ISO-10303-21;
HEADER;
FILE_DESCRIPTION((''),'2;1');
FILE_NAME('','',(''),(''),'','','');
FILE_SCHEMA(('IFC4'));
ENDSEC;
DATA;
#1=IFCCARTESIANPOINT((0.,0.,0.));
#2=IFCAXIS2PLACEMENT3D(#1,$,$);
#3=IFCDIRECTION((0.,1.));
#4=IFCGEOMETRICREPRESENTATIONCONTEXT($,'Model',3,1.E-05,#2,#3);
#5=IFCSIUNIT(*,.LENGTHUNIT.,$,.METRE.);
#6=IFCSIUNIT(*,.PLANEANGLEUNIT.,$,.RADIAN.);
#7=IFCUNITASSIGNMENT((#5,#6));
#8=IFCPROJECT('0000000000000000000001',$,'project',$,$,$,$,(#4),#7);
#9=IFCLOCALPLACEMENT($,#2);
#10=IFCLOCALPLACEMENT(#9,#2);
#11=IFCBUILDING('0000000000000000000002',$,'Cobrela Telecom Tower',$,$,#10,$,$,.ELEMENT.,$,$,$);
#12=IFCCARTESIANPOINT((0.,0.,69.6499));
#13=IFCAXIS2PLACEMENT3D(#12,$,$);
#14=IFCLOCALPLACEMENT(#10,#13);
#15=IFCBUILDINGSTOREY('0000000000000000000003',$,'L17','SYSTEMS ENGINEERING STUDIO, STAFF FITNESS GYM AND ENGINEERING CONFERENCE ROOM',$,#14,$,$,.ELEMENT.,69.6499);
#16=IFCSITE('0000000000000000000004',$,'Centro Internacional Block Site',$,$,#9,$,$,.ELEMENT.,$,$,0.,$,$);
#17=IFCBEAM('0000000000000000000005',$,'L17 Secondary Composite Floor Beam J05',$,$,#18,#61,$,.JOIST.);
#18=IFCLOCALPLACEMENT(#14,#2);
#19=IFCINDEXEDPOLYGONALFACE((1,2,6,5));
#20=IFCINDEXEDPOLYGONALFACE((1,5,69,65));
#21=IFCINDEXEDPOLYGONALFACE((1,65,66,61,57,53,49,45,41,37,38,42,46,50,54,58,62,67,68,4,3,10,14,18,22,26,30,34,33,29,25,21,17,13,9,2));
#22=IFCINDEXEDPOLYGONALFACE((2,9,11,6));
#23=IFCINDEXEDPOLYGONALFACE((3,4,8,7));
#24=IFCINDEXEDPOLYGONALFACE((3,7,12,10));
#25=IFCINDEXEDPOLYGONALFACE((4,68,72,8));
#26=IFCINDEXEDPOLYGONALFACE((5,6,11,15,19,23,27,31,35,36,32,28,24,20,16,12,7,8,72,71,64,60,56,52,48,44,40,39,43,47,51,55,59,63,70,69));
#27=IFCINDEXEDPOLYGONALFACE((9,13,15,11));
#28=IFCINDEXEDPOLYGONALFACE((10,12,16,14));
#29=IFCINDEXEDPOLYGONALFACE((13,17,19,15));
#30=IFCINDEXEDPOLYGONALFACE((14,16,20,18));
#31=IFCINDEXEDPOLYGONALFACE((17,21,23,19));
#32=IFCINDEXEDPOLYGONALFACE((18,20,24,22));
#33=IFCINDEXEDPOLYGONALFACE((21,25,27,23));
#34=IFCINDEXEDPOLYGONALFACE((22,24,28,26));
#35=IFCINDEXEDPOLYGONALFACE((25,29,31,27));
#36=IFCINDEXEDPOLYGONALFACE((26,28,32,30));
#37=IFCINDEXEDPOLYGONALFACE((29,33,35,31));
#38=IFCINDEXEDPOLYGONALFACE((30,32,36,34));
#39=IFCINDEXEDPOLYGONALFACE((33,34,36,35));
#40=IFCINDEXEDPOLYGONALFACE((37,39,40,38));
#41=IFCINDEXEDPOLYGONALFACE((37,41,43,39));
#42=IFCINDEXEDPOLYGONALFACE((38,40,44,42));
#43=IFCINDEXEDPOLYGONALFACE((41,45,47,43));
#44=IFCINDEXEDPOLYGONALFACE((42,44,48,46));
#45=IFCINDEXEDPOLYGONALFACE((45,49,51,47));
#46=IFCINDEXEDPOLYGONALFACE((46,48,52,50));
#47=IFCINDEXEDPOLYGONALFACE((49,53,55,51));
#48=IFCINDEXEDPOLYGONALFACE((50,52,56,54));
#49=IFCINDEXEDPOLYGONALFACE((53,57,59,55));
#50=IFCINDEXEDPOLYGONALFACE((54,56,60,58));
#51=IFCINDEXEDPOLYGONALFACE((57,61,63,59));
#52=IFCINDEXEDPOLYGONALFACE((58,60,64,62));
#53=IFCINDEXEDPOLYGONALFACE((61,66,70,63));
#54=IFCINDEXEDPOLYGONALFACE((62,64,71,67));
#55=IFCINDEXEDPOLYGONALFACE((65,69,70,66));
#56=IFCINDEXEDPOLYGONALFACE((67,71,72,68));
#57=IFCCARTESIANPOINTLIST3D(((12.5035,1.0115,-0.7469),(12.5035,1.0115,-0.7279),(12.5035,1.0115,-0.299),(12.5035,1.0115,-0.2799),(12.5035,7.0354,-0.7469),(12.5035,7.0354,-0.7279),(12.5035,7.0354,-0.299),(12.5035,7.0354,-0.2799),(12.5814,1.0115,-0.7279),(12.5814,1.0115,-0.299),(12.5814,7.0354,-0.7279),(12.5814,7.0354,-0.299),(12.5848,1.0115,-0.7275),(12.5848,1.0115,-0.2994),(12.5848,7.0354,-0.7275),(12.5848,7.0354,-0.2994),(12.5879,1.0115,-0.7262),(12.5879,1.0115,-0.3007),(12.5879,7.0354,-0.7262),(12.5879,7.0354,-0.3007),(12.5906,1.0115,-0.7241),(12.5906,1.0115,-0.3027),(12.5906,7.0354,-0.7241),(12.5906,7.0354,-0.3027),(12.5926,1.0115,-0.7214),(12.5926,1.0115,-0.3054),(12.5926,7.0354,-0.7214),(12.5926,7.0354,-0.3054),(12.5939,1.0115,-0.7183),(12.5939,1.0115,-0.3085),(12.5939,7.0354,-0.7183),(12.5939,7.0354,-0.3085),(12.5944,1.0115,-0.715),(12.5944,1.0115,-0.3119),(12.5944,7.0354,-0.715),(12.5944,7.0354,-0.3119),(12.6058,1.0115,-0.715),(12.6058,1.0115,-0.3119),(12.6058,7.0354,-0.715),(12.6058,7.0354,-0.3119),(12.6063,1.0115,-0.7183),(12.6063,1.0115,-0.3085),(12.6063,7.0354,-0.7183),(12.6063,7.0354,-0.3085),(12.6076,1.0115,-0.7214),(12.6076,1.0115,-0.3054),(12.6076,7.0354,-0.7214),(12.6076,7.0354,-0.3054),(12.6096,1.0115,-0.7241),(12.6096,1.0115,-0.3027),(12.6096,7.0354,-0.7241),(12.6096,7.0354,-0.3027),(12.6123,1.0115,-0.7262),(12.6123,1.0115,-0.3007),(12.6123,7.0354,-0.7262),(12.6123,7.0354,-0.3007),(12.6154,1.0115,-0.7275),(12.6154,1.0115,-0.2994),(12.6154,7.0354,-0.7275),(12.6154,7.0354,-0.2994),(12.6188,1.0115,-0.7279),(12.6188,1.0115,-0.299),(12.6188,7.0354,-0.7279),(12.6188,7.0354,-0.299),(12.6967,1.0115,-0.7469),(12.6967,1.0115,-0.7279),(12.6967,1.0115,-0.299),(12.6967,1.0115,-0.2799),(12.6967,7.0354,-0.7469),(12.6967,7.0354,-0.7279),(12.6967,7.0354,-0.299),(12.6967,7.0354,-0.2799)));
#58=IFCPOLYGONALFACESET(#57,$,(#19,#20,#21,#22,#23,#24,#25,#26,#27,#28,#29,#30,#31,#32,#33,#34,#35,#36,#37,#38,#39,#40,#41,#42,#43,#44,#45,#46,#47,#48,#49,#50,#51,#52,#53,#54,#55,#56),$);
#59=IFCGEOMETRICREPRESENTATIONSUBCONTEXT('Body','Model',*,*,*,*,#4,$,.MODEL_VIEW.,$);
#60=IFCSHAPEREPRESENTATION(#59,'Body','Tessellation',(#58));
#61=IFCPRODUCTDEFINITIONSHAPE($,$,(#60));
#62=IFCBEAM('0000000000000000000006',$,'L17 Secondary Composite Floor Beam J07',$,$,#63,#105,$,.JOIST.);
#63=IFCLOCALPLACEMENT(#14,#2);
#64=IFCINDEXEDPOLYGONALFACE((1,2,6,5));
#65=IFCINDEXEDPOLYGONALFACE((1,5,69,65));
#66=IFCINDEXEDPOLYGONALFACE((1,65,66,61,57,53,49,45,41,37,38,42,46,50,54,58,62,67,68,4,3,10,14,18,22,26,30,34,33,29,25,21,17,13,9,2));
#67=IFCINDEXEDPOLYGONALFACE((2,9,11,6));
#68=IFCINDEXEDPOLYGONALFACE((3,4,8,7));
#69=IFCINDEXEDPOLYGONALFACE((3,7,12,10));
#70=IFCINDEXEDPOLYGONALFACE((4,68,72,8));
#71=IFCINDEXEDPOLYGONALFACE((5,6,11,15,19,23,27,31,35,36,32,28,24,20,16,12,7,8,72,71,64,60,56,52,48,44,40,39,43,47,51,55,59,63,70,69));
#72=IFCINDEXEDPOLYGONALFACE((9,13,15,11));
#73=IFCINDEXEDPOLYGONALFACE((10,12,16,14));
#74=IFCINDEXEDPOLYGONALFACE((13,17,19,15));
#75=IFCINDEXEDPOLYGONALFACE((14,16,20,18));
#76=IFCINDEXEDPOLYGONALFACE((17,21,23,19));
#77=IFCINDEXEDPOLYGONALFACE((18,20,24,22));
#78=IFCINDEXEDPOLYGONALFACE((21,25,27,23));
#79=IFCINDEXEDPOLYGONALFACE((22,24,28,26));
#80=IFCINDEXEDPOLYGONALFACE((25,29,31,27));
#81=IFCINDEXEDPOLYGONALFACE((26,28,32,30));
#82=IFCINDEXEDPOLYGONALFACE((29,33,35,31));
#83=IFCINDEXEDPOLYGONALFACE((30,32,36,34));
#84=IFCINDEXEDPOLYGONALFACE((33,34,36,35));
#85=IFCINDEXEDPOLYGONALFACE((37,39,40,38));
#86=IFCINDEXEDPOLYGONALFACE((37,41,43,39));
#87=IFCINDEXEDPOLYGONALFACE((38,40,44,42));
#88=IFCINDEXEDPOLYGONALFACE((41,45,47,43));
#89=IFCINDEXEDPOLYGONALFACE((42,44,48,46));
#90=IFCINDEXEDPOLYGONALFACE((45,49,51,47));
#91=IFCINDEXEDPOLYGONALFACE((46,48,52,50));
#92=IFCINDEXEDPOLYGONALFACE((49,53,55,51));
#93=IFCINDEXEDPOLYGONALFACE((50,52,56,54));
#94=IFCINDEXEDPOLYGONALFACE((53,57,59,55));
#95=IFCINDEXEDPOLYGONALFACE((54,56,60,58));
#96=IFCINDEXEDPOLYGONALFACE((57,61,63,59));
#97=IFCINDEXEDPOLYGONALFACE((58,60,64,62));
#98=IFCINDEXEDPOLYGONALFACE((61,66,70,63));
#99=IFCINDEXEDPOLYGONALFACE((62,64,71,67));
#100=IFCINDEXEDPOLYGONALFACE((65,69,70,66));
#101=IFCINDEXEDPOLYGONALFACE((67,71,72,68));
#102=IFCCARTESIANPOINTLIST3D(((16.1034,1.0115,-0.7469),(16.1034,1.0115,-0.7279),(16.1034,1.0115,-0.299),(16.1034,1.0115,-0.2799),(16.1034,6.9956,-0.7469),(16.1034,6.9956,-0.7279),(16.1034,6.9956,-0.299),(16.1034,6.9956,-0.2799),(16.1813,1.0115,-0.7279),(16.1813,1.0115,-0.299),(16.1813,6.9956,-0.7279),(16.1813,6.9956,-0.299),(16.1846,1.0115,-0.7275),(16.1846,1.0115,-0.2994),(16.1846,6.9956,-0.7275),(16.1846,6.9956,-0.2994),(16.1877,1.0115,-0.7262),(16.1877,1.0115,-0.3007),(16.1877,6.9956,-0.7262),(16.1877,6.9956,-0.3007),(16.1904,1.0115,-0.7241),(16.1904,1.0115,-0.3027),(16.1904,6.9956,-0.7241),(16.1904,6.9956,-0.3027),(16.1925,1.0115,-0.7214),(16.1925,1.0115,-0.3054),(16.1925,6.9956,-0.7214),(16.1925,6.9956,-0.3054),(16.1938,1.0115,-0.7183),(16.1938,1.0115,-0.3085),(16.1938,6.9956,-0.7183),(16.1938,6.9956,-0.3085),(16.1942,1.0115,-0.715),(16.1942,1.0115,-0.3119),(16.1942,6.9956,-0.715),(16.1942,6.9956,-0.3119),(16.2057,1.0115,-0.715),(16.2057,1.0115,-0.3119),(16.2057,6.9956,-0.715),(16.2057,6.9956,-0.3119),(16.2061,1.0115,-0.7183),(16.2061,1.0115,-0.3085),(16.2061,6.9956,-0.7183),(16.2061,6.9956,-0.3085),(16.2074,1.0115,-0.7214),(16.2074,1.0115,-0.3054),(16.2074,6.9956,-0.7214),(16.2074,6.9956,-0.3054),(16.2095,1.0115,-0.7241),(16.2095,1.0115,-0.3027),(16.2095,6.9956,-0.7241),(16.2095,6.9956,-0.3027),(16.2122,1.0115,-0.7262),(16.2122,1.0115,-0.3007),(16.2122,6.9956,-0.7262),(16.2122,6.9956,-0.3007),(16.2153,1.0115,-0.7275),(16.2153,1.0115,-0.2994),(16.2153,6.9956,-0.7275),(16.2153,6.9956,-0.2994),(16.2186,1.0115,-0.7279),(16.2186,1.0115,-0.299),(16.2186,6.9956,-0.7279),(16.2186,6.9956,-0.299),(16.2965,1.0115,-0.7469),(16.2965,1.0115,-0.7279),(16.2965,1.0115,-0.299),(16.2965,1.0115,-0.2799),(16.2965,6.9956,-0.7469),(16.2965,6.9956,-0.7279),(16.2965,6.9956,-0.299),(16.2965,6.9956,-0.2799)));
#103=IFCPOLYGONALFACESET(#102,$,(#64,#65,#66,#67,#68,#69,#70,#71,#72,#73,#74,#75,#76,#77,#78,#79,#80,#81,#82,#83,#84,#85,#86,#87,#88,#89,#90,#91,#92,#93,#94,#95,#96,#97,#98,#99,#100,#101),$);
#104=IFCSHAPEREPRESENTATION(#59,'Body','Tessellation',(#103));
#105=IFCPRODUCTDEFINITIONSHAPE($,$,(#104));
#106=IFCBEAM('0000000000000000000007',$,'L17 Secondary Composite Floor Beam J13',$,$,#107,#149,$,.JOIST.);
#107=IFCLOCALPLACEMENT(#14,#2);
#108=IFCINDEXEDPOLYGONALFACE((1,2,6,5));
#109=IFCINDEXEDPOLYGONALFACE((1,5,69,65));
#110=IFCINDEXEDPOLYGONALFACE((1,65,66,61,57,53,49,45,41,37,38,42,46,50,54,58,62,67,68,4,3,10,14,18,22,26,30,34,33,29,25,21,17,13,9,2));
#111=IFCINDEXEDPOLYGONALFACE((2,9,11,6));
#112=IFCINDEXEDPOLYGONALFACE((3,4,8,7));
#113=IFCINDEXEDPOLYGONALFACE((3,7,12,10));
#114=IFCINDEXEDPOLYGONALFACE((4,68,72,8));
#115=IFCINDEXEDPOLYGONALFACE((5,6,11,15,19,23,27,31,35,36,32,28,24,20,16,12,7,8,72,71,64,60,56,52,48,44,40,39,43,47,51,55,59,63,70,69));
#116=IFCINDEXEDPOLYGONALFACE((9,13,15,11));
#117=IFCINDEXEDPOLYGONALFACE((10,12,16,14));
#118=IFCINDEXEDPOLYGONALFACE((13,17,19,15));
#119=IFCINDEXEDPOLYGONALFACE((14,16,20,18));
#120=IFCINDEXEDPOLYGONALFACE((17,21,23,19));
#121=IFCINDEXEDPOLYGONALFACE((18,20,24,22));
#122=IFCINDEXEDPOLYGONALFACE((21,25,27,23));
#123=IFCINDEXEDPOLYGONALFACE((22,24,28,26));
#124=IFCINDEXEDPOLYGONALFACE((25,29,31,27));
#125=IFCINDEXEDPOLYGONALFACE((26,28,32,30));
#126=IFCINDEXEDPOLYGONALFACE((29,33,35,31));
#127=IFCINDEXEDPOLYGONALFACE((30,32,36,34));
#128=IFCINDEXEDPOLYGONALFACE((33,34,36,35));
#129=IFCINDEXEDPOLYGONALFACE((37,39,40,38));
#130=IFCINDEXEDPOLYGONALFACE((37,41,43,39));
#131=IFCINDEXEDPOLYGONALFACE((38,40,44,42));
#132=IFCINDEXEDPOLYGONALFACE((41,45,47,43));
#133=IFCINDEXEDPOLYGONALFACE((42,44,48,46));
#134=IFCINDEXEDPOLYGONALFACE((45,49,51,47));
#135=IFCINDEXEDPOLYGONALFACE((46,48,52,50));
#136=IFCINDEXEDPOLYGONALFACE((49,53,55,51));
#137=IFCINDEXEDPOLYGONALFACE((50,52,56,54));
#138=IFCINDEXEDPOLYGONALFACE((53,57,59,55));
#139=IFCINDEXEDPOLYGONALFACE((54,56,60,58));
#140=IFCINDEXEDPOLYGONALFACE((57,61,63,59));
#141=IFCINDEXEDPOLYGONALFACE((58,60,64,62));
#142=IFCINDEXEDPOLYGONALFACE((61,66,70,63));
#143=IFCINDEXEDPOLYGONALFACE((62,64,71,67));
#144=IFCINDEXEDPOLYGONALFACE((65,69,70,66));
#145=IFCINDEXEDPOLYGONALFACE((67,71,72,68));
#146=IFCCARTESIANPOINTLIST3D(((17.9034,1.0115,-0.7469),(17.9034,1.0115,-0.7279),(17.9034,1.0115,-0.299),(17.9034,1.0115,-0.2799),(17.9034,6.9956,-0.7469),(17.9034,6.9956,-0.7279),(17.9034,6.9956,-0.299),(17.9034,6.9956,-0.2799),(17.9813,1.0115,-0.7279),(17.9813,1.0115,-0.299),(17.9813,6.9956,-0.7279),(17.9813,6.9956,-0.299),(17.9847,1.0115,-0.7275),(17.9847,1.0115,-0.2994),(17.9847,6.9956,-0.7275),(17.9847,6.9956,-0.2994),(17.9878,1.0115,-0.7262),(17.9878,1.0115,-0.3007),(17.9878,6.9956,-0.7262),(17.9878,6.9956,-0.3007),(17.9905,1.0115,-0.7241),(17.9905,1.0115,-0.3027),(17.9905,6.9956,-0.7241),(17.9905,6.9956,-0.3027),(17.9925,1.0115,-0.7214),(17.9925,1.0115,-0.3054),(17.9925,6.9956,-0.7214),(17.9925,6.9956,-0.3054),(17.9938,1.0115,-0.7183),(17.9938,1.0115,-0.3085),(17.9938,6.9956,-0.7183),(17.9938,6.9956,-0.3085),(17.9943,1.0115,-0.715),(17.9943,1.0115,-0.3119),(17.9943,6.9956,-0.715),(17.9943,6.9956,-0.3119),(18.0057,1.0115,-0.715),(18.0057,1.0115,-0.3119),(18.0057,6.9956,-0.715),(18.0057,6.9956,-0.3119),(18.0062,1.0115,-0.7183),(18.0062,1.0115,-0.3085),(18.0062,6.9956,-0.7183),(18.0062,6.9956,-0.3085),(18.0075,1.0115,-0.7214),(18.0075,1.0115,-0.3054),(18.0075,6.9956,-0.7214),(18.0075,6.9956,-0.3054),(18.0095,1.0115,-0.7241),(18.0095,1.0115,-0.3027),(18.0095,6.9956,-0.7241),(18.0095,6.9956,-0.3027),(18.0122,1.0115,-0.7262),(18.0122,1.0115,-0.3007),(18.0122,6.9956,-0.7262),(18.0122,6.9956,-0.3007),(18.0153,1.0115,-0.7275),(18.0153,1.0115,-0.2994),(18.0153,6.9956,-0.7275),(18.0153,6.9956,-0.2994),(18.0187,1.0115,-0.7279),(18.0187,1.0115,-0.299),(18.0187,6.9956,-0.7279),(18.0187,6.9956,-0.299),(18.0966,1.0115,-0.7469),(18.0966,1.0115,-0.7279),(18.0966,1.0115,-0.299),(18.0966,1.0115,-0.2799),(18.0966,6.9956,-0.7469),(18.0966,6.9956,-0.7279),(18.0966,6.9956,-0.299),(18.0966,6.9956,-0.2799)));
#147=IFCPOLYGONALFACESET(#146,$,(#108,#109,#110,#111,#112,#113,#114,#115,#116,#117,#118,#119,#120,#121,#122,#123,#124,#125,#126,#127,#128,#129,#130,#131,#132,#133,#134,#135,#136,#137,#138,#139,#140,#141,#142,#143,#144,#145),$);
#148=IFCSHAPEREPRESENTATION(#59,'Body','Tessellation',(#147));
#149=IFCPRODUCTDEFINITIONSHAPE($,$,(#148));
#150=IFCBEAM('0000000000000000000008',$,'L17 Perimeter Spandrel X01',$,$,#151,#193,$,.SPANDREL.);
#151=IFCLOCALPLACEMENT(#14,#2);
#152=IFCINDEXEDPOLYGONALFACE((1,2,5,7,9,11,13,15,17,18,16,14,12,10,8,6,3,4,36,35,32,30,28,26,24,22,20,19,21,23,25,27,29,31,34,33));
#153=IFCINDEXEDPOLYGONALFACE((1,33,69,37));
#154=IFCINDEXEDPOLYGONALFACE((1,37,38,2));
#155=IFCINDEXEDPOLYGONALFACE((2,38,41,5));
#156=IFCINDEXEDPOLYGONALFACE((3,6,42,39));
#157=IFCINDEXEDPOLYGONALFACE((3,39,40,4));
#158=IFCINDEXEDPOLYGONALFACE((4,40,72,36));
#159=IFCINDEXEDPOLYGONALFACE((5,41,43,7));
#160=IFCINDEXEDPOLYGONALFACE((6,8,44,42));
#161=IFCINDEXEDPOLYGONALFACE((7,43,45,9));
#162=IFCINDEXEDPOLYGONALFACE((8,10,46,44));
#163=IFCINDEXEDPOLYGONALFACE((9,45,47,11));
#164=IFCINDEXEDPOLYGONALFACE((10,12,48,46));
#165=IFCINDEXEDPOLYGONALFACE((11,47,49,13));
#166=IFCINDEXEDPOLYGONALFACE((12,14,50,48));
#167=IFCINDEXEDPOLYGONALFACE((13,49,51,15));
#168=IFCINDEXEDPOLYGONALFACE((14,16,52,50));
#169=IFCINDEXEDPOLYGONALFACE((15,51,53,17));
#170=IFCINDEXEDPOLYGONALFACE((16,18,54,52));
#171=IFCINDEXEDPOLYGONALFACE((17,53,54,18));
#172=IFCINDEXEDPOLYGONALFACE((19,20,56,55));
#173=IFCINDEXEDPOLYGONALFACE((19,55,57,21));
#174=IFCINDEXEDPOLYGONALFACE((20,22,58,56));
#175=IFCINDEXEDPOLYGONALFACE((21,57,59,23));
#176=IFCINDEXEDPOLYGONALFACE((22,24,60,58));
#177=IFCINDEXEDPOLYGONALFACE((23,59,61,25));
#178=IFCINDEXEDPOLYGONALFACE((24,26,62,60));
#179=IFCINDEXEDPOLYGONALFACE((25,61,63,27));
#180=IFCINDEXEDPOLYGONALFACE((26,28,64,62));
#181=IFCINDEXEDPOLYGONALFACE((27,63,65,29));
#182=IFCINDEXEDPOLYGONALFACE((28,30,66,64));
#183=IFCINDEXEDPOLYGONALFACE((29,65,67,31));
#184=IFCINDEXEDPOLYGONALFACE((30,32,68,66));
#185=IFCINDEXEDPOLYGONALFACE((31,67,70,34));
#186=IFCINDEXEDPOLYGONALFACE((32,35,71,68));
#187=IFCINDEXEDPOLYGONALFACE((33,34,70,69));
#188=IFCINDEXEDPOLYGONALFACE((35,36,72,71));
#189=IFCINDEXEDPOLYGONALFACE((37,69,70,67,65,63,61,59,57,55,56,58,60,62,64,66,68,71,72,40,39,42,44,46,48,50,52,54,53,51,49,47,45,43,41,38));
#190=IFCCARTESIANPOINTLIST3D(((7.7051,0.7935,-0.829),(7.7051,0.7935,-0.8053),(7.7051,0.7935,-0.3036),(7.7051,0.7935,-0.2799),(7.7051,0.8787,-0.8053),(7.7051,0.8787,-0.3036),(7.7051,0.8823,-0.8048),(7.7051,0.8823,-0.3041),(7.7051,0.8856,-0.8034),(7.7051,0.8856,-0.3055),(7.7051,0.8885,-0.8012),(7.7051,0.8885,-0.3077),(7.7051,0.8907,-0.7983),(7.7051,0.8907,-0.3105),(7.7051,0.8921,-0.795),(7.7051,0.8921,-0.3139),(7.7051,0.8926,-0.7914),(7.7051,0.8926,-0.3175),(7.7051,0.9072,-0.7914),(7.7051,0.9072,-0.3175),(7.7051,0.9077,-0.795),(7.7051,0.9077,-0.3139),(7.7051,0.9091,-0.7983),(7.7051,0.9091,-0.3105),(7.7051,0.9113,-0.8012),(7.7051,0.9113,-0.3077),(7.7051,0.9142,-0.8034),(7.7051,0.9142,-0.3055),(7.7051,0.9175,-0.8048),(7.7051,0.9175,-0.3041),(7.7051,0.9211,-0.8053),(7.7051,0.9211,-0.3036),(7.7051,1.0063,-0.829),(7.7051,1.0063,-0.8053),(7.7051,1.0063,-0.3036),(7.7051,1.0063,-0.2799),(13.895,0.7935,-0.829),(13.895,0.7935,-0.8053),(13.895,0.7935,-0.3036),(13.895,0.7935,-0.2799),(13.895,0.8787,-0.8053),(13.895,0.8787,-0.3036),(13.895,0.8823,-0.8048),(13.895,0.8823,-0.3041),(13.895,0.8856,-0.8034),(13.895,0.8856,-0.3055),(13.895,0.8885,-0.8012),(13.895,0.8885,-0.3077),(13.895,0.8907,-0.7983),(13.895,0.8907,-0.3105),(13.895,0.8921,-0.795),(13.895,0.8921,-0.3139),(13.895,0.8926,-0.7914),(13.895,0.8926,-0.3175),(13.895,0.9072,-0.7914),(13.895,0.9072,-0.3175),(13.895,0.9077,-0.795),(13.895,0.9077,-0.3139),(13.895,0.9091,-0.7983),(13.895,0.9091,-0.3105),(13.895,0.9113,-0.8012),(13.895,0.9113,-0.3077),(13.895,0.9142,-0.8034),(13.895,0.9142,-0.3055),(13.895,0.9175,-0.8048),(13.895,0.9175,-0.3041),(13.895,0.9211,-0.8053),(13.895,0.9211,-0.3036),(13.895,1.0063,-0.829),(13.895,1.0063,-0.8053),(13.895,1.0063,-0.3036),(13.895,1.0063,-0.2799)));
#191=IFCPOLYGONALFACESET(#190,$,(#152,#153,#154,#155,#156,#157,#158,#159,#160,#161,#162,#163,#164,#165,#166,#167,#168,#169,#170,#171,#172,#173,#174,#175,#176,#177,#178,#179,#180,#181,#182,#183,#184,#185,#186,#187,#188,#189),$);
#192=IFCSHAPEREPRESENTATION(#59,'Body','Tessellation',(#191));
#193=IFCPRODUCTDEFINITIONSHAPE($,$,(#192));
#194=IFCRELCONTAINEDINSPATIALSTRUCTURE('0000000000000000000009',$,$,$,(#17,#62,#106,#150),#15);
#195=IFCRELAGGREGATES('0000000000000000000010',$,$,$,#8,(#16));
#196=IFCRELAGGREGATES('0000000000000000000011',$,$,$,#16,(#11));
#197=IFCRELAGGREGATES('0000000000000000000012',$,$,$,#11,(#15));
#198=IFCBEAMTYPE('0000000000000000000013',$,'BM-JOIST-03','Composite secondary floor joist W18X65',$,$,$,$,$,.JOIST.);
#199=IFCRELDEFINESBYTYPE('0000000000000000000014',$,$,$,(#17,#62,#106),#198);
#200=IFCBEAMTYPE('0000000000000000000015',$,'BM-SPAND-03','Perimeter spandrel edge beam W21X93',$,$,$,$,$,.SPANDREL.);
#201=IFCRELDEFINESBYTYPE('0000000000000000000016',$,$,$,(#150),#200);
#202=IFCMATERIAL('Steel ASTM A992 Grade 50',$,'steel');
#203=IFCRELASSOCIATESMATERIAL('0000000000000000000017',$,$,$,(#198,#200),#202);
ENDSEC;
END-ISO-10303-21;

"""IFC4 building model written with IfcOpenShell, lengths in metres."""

from ifc_helpers import new_model, si_unit, direction, frame, origin, origin_2d, place, context, subcontext, project, spatial, i_section, extrude, material, material_profile, profile_set, type_object, element, save


model = new_model("IFC4")

# Units and contexts
model_context = context("Model", 3, precision=1e-05, world=origin(), true_north=direction((0.0, 1.0)))
body_context = subcontext(model_context, "Body", "Model", "MODEL_VIEW")
ifc_project = project(units=[si_unit("LENGTHUNIT", "METRE"), si_unit("PLANEANGLEUNIT", "RADIAN")], contexts=[model_context])

# Site, building, storey
site_placement = place(None, origin())
site = spatial("IfcSite", under=ifc_project, at=site_placement, Name="Centro Internacional Block Site", CompositionType="ELEMENT", RefElevation=0.0)
building_placement = place(site_placement, origin())
building = spatial("IfcBuilding", under=site, at=building_placement, Name="Cobrela Telecom Tower", CompositionType="ELEMENT")
storey_placement = place(building_placement, frame((0.0, 0.0, 69.6499)))
storey = spatial("IfcBuildingStorey", under=building, at=storey_placement, Name="L17", Description="SYSTEMS ENGINEERING STUDIO, STAFF FITNESS GYM AND ENGINEERING CONFERENCE ROOM", CompositionType="ELEMENT", Elevation=69.6499)

# Beams
ifc_material_1 = material(Name="Steel ASTM A992 Grade 50", Category="steel")
ifc_material_profile_1 = material_profile(ifc_material_1, i_section(OverallWidth=0.1931, OverallDepth=0.467, WebThickness=0.0115, FlangeThickness=0.019, FilletRadius=0.0129, at=origin_2d()), Name="W18X65")
ifc_profile_set_1 = profile_set([ifc_material_profile_1], Name="Steel ASTM A992 Grade 50")
beam_type_1 = type_object("IfcBeamType", Name="BM-JOIST-03", Description="Composite secondary floor joist W18X65", PredefinedType="JOIST", material=ifc_profile_set_1)
for number, where, z_axis, x_axis, name in (
    (1, (12.6001, 1.0115, -0.5134), (0.0, 1.0, 0.0), (-1.0, 0.0, 0.0), "L17 Secondary Composite Floor Beam J05"),
):
    element("IfcBeam", number, at=place(storey_placement, frame(where, z_axis=z_axis, x_axis=x_axis)), inside=storey, type_object=beam_type_1, Name=name, PredefinedType="JOIST", context=body_context, shape_type="SweptSolid", body=[
        extrude(i_section(OverallWidth=0.1931, OverallDepth=0.467, WebThickness=0.0115, FlangeThickness=0.019, FilletRadius=0.0129, at=origin_2d()), origin(), (0.0, 0.0, 1.0), 6.0239),
    ])
for number, where, z_axis, x_axis, name in (
    (2, (16.2, 1.0115, -0.5134), (0.0, 1.0, 0.0), (-1.0, 0.0, 0.0), "L17 Secondary Composite Floor Beam J07"),
    (3, (18.0, 1.0115, -0.5134), (0.0, 1.0, 0.0), (-1.0, 0.0, 0.0), "L17 Secondary Composite Floor Beam J13"),
):
    element("IfcBeam", number, at=place(storey_placement, frame(where, z_axis=z_axis, x_axis=x_axis)), inside=storey, type_object=beam_type_1, Name=name, PredefinedType="JOIST", context=body_context, shape_type="SweptSolid", body=[
        extrude(i_section(OverallWidth=0.1931, OverallDepth=0.467, WebThickness=0.0115, FlangeThickness=0.019, FilletRadius=0.0129, at=origin_2d()), origin(), (0.0, 0.0, 1.0), 5.9841),
    ])
ifc_material_profile_2 = material_profile(ifc_material_1, i_section(OverallWidth=0.2129, OverallDepth=0.5491, WebThickness=0.0146, FlangeThickness=0.0237, FilletRadius=0.0139, at=origin_2d()), Name="W21X93")
ifc_profile_set_2 = profile_set([ifc_material_profile_2], Name="Steel ASTM A992 Grade 50")
beam_type_2 = type_object("IfcBeamType", Name="BM-SPAND-03", Description="Perimeter spandrel edge beam W21X93", PredefinedType="SPANDREL", material=ifc_profile_set_2)
for number, where, z_axis, x_axis, name in (
    (4, (7.7051, 0.8999, -0.5544), (1.0, 0.0, 0.0), (0.0, 1.0, 0.0), "L17 Perimeter Spandrel X01"),
):
    element("IfcBeam", number, at=place(storey_placement, frame(where, z_axis=z_axis, x_axis=x_axis)), inside=storey, type_object=beam_type_2, Name=name, PredefinedType="SPANDREL", context=body_context, shape_type="SweptSolid", body=[
        extrude(i_section(OverallWidth=0.2129, OverallDepth=0.5491, WebThickness=0.0146, FlangeThickness=0.0237, FilletRadius=0.0139, at=origin_2d()), origin(), (0.0, 0.0, 1.0), 6.1899),
    ])

save(model, "model.ifc")
